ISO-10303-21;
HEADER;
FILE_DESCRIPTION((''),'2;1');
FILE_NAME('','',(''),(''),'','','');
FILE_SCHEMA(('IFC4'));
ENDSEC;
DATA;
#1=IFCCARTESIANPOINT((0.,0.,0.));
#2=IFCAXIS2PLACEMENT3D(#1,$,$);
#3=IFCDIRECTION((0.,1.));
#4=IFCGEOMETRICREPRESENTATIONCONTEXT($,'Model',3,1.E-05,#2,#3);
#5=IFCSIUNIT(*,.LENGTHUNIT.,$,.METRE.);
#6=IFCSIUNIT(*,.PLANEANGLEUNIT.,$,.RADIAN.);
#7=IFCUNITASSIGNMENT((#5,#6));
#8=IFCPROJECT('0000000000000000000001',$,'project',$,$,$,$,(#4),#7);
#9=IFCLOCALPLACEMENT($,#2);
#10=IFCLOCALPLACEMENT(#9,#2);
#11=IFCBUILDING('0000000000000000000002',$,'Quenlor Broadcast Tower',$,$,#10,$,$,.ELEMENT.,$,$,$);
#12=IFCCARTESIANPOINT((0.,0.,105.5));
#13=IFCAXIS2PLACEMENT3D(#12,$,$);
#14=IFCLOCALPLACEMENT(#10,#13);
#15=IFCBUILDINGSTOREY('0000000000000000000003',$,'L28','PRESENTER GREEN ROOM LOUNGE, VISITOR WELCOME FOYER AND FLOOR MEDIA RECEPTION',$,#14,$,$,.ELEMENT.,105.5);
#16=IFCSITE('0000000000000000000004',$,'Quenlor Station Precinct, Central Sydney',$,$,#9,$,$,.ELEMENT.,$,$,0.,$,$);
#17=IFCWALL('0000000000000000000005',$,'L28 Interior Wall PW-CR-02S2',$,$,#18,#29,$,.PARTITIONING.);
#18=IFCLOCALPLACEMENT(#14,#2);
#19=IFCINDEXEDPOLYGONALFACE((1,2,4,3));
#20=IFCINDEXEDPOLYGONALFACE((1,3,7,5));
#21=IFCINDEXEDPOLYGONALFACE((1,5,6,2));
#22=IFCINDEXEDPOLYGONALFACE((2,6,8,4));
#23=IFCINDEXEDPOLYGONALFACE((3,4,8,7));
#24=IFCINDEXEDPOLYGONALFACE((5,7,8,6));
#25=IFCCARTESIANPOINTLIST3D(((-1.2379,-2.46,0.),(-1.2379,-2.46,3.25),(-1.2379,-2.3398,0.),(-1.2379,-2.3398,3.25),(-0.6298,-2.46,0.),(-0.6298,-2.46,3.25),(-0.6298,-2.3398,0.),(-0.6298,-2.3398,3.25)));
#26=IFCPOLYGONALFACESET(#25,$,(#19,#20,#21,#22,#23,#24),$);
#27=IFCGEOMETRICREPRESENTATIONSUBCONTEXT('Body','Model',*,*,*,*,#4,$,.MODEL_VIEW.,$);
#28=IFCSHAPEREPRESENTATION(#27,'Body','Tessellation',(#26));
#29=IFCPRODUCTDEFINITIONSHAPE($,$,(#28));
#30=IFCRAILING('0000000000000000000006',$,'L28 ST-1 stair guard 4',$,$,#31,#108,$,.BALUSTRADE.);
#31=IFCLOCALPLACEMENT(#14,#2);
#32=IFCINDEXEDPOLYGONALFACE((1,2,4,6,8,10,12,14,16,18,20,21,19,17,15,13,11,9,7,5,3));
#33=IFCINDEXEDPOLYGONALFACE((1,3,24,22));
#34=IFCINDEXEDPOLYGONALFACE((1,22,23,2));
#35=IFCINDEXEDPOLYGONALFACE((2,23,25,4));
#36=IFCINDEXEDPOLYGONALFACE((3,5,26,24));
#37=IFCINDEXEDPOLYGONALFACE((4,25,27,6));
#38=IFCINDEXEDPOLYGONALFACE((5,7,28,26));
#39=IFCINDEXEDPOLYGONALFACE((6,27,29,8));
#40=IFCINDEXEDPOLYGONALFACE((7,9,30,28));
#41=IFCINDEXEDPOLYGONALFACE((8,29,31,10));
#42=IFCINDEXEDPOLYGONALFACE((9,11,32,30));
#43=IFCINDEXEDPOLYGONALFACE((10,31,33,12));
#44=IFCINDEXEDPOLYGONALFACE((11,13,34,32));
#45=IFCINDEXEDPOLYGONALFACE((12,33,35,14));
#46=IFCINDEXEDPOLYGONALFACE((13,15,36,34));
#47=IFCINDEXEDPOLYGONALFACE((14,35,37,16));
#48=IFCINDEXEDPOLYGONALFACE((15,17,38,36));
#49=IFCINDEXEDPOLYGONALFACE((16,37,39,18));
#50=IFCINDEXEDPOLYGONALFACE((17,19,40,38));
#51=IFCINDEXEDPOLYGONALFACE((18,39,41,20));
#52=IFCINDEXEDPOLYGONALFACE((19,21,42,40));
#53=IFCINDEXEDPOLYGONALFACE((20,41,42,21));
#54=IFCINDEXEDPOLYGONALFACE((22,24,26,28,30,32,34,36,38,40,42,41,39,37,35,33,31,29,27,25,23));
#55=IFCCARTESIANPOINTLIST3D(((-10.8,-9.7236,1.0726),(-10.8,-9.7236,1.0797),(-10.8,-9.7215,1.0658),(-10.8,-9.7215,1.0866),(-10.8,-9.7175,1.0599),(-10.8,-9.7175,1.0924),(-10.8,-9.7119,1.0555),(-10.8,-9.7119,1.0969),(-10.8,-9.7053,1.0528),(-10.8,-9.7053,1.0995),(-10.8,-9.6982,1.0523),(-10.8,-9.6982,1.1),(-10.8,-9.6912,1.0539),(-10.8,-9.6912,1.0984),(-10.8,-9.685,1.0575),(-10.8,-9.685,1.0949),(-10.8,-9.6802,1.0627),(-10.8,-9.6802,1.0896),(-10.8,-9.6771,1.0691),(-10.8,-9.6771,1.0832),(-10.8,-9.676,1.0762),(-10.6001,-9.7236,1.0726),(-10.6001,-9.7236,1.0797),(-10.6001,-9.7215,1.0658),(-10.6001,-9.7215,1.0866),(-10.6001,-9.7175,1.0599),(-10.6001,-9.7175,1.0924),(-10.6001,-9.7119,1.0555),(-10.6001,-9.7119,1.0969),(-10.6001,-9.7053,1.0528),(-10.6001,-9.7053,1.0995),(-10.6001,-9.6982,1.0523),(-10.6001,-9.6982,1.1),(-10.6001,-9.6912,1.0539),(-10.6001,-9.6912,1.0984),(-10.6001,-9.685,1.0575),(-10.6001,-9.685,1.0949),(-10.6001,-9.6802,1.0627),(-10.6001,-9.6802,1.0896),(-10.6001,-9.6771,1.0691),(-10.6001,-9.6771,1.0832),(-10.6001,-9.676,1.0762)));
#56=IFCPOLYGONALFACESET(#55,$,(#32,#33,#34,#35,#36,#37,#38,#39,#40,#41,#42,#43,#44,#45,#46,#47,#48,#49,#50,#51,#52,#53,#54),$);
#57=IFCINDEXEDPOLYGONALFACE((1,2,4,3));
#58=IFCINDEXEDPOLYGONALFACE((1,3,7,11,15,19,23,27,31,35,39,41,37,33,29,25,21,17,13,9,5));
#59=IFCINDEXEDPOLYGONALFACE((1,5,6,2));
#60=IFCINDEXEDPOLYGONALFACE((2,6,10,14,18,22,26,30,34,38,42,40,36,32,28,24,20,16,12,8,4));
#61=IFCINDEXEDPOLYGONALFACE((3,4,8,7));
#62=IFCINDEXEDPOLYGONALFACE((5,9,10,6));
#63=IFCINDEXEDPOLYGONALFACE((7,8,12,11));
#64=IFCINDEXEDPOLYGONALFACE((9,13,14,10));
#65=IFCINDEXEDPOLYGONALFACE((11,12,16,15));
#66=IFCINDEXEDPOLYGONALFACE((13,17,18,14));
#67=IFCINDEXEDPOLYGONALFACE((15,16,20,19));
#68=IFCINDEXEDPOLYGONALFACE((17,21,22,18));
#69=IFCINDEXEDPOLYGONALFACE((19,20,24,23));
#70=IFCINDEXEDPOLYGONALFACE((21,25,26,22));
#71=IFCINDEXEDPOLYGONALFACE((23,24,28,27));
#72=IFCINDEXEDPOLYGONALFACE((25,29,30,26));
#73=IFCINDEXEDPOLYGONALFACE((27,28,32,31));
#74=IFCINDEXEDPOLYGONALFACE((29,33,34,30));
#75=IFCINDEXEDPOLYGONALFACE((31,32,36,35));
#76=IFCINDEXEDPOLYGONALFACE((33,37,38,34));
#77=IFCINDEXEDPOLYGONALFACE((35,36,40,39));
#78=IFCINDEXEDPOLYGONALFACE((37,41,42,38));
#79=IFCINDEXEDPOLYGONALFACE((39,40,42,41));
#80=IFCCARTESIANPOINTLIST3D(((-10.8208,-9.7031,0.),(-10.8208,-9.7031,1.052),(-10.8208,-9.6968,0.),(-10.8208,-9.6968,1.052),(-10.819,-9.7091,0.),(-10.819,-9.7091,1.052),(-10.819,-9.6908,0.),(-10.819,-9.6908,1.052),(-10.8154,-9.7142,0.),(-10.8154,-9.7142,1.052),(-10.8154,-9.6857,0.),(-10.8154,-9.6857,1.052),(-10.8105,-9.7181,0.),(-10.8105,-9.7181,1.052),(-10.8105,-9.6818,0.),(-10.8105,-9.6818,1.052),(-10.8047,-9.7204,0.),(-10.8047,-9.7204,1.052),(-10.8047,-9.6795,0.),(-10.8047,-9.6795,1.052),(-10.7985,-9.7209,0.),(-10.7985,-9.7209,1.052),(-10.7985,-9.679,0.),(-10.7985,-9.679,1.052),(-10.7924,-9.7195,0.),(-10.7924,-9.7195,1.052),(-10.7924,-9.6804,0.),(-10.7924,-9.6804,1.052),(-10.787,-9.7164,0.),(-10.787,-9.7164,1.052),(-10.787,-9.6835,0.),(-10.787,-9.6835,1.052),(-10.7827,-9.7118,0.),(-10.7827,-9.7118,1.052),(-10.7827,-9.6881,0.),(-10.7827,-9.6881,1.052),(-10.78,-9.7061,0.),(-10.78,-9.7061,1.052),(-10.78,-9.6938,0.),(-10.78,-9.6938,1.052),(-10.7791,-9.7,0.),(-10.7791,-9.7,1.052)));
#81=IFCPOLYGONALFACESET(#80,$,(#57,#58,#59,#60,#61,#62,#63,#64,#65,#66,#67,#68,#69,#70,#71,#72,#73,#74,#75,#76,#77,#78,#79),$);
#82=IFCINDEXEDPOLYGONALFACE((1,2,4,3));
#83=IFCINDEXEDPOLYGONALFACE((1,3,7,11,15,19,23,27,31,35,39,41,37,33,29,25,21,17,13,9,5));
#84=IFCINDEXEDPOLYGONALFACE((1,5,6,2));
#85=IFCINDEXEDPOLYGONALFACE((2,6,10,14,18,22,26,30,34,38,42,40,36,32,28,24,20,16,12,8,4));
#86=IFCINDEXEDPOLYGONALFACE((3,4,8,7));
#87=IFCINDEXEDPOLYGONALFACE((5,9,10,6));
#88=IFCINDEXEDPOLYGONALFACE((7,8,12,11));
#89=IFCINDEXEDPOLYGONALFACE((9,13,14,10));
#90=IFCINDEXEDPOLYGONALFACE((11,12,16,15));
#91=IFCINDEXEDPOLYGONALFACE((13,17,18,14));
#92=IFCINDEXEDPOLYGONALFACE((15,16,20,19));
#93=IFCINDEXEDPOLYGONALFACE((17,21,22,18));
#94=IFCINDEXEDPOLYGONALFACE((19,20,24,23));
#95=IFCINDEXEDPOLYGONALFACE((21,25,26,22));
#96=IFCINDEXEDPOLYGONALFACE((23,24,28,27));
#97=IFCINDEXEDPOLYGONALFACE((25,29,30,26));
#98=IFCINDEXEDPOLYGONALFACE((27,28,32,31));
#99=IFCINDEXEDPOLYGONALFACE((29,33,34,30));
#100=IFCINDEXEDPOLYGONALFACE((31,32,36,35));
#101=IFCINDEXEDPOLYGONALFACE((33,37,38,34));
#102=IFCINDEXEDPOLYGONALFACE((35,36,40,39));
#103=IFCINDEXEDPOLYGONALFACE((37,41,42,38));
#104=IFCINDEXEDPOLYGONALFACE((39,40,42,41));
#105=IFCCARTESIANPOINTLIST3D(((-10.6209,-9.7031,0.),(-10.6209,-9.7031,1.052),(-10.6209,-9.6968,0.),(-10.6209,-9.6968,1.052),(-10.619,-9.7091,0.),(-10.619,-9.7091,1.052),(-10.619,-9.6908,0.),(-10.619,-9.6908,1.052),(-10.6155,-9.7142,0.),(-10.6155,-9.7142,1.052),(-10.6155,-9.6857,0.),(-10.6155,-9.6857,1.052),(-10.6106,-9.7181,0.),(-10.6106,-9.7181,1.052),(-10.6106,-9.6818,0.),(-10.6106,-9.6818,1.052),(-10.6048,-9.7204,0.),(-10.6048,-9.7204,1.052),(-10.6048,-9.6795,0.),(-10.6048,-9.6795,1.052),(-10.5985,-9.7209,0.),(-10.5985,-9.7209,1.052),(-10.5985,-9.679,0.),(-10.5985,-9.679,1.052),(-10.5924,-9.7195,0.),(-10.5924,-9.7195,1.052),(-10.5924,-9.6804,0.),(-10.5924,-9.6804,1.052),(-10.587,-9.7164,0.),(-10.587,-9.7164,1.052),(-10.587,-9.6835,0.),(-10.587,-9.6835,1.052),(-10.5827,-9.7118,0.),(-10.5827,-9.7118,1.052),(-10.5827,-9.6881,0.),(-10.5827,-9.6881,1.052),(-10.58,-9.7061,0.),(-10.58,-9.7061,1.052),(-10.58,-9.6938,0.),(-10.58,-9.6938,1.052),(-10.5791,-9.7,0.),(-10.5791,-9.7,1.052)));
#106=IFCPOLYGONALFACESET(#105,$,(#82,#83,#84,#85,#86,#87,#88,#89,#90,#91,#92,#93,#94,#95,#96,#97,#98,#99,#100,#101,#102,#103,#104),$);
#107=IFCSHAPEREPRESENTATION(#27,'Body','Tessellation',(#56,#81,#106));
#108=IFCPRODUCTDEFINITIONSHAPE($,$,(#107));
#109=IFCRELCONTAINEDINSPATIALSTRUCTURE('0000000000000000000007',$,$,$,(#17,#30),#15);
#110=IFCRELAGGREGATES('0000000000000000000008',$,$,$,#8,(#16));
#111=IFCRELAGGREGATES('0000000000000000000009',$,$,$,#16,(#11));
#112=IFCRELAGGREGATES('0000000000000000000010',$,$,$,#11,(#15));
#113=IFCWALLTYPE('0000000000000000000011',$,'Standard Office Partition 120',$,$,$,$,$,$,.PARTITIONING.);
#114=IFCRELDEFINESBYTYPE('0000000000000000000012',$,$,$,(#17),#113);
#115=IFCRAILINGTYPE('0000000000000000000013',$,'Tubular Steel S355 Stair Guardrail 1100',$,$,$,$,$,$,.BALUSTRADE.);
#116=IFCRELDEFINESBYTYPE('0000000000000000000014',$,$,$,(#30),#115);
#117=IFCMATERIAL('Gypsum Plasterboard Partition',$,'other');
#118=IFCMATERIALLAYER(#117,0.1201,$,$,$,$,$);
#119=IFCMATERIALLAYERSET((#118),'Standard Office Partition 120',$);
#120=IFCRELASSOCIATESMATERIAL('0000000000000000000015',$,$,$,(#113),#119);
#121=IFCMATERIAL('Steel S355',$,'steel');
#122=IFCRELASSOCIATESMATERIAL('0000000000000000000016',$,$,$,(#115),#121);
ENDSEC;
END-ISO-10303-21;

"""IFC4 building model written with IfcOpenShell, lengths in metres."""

from ifc_helpers import new_model, si_unit, direction, frame, frame_2d, origin, origin_2d, place, context, subcontext, project, spatial, rectangle, circle, extrude, material, layer, layer_set, type_object, element, save


model = new_model("IFC4")

# Units and contexts
model_context = context("Model", 3, precision=1e-05, world=origin(), true_north=direction((0.0, 1.0)))
body_context = subcontext(model_context, "Body", "Model", "MODEL_VIEW")
ifc_project = project(units=[si_unit("LENGTHUNIT", "METRE"), si_unit("PLANEANGLEUNIT", "RADIAN")], contexts=[model_context])

# Site, building, storey
site_placement = place(None, origin())
site = spatial("IfcSite", under=ifc_project, at=site_placement, Name="Quenlor Station Precinct, Central Sydney", CompositionType="ELEMENT", RefElevation=0.0)
building_placement = place(site_placement, origin())
building = spatial("IfcBuilding", under=site, at=building_placement, Name="Quenlor Broadcast Tower", CompositionType="ELEMENT")
storey_placement = place(building_placement, frame((0.0, 0.0, 105.5)))
storey = spatial("IfcBuildingStorey", under=building, at=storey_placement, Name="L28", Description="PRESENTER GREEN ROOM LOUNGE, VISITOR WELCOME FOYER AND FLOOR MEDIA RECEPTION", CompositionType="ELEMENT", Elevation=105.5)

# Shared definitions
ifc_material_1 = material(Name="Gypsum Plasterboard Partition", Category="other")
ifc_layer_1 = layer(ifc_material_1, 0.1201)
ifc_layer_set_1 = layer_set([ifc_layer_1], Name="Standard Office Partition 120")
wall_type_1 = type_object("IfcWallType", Name="Standard Office Partition 120", PredefinedType="PARTITIONING", material=ifc_layer_set_1)

# Wall
wall_1_placement = place(storey_placement, frame((-1.238, -2.3999, 0.0), z_axis=(0.0, 0.0, 1.0), x_axis=(1.0, 0.0, 0.0)))
element("IfcWall", 1, at=wall_1_placement, inside=storey, type_object=wall_type_1, Name="L28 Interior Wall PW-CR-02S2", PredefinedType="PARTITIONING", context=body_context, shape_type="SweptSolid", body=[
    extrude(rectangle(XDim=0.6082, YDim=0.1201, at=frame_2d((0.3042, 0.0))), origin(), (0.0, 0.0, 1.0), 3.25),
])

# Railing
ifc_material_2 = material(Name="Steel S355", Category="steel")
railing_type = type_object("IfcRailingType", Name="Tubular Steel S355 Stair Guardrail 1100", PredefinedType="BALUSTRADE", material=ifc_material_2)
railing_placement = place(storey_placement, frame((-10.8, -9.7, 0.0)))
element("IfcRailing", 2, at=railing_placement, inside=storey, type_object=railing_type, Name="L28 ST-1 stair guard 4", PredefinedType="BALUSTRADE", context=body_context, shape_type="SweptSolid", body=[
    extrude(circle(Radius=0.0239, at=origin_2d()), frame((0.0, 0.0, 1.0762), z_axis=(1.0, 0.0, 0.0), x_axis=(0.0, 1.0, 0.0)), (0.0, 0.0, 1.0), 0.2),
    extrude(circle(Radius=0.021, at=origin_2d()), origin(), (0.0, 0.0, 1.0), 1.052),
    extrude(circle(Radius=0.021, at=origin_2d()), frame((0.2, 0.0, 0.0)), (0.0, 0.0, 1.0), 1.052),
])

save(model, "model.ifc")
